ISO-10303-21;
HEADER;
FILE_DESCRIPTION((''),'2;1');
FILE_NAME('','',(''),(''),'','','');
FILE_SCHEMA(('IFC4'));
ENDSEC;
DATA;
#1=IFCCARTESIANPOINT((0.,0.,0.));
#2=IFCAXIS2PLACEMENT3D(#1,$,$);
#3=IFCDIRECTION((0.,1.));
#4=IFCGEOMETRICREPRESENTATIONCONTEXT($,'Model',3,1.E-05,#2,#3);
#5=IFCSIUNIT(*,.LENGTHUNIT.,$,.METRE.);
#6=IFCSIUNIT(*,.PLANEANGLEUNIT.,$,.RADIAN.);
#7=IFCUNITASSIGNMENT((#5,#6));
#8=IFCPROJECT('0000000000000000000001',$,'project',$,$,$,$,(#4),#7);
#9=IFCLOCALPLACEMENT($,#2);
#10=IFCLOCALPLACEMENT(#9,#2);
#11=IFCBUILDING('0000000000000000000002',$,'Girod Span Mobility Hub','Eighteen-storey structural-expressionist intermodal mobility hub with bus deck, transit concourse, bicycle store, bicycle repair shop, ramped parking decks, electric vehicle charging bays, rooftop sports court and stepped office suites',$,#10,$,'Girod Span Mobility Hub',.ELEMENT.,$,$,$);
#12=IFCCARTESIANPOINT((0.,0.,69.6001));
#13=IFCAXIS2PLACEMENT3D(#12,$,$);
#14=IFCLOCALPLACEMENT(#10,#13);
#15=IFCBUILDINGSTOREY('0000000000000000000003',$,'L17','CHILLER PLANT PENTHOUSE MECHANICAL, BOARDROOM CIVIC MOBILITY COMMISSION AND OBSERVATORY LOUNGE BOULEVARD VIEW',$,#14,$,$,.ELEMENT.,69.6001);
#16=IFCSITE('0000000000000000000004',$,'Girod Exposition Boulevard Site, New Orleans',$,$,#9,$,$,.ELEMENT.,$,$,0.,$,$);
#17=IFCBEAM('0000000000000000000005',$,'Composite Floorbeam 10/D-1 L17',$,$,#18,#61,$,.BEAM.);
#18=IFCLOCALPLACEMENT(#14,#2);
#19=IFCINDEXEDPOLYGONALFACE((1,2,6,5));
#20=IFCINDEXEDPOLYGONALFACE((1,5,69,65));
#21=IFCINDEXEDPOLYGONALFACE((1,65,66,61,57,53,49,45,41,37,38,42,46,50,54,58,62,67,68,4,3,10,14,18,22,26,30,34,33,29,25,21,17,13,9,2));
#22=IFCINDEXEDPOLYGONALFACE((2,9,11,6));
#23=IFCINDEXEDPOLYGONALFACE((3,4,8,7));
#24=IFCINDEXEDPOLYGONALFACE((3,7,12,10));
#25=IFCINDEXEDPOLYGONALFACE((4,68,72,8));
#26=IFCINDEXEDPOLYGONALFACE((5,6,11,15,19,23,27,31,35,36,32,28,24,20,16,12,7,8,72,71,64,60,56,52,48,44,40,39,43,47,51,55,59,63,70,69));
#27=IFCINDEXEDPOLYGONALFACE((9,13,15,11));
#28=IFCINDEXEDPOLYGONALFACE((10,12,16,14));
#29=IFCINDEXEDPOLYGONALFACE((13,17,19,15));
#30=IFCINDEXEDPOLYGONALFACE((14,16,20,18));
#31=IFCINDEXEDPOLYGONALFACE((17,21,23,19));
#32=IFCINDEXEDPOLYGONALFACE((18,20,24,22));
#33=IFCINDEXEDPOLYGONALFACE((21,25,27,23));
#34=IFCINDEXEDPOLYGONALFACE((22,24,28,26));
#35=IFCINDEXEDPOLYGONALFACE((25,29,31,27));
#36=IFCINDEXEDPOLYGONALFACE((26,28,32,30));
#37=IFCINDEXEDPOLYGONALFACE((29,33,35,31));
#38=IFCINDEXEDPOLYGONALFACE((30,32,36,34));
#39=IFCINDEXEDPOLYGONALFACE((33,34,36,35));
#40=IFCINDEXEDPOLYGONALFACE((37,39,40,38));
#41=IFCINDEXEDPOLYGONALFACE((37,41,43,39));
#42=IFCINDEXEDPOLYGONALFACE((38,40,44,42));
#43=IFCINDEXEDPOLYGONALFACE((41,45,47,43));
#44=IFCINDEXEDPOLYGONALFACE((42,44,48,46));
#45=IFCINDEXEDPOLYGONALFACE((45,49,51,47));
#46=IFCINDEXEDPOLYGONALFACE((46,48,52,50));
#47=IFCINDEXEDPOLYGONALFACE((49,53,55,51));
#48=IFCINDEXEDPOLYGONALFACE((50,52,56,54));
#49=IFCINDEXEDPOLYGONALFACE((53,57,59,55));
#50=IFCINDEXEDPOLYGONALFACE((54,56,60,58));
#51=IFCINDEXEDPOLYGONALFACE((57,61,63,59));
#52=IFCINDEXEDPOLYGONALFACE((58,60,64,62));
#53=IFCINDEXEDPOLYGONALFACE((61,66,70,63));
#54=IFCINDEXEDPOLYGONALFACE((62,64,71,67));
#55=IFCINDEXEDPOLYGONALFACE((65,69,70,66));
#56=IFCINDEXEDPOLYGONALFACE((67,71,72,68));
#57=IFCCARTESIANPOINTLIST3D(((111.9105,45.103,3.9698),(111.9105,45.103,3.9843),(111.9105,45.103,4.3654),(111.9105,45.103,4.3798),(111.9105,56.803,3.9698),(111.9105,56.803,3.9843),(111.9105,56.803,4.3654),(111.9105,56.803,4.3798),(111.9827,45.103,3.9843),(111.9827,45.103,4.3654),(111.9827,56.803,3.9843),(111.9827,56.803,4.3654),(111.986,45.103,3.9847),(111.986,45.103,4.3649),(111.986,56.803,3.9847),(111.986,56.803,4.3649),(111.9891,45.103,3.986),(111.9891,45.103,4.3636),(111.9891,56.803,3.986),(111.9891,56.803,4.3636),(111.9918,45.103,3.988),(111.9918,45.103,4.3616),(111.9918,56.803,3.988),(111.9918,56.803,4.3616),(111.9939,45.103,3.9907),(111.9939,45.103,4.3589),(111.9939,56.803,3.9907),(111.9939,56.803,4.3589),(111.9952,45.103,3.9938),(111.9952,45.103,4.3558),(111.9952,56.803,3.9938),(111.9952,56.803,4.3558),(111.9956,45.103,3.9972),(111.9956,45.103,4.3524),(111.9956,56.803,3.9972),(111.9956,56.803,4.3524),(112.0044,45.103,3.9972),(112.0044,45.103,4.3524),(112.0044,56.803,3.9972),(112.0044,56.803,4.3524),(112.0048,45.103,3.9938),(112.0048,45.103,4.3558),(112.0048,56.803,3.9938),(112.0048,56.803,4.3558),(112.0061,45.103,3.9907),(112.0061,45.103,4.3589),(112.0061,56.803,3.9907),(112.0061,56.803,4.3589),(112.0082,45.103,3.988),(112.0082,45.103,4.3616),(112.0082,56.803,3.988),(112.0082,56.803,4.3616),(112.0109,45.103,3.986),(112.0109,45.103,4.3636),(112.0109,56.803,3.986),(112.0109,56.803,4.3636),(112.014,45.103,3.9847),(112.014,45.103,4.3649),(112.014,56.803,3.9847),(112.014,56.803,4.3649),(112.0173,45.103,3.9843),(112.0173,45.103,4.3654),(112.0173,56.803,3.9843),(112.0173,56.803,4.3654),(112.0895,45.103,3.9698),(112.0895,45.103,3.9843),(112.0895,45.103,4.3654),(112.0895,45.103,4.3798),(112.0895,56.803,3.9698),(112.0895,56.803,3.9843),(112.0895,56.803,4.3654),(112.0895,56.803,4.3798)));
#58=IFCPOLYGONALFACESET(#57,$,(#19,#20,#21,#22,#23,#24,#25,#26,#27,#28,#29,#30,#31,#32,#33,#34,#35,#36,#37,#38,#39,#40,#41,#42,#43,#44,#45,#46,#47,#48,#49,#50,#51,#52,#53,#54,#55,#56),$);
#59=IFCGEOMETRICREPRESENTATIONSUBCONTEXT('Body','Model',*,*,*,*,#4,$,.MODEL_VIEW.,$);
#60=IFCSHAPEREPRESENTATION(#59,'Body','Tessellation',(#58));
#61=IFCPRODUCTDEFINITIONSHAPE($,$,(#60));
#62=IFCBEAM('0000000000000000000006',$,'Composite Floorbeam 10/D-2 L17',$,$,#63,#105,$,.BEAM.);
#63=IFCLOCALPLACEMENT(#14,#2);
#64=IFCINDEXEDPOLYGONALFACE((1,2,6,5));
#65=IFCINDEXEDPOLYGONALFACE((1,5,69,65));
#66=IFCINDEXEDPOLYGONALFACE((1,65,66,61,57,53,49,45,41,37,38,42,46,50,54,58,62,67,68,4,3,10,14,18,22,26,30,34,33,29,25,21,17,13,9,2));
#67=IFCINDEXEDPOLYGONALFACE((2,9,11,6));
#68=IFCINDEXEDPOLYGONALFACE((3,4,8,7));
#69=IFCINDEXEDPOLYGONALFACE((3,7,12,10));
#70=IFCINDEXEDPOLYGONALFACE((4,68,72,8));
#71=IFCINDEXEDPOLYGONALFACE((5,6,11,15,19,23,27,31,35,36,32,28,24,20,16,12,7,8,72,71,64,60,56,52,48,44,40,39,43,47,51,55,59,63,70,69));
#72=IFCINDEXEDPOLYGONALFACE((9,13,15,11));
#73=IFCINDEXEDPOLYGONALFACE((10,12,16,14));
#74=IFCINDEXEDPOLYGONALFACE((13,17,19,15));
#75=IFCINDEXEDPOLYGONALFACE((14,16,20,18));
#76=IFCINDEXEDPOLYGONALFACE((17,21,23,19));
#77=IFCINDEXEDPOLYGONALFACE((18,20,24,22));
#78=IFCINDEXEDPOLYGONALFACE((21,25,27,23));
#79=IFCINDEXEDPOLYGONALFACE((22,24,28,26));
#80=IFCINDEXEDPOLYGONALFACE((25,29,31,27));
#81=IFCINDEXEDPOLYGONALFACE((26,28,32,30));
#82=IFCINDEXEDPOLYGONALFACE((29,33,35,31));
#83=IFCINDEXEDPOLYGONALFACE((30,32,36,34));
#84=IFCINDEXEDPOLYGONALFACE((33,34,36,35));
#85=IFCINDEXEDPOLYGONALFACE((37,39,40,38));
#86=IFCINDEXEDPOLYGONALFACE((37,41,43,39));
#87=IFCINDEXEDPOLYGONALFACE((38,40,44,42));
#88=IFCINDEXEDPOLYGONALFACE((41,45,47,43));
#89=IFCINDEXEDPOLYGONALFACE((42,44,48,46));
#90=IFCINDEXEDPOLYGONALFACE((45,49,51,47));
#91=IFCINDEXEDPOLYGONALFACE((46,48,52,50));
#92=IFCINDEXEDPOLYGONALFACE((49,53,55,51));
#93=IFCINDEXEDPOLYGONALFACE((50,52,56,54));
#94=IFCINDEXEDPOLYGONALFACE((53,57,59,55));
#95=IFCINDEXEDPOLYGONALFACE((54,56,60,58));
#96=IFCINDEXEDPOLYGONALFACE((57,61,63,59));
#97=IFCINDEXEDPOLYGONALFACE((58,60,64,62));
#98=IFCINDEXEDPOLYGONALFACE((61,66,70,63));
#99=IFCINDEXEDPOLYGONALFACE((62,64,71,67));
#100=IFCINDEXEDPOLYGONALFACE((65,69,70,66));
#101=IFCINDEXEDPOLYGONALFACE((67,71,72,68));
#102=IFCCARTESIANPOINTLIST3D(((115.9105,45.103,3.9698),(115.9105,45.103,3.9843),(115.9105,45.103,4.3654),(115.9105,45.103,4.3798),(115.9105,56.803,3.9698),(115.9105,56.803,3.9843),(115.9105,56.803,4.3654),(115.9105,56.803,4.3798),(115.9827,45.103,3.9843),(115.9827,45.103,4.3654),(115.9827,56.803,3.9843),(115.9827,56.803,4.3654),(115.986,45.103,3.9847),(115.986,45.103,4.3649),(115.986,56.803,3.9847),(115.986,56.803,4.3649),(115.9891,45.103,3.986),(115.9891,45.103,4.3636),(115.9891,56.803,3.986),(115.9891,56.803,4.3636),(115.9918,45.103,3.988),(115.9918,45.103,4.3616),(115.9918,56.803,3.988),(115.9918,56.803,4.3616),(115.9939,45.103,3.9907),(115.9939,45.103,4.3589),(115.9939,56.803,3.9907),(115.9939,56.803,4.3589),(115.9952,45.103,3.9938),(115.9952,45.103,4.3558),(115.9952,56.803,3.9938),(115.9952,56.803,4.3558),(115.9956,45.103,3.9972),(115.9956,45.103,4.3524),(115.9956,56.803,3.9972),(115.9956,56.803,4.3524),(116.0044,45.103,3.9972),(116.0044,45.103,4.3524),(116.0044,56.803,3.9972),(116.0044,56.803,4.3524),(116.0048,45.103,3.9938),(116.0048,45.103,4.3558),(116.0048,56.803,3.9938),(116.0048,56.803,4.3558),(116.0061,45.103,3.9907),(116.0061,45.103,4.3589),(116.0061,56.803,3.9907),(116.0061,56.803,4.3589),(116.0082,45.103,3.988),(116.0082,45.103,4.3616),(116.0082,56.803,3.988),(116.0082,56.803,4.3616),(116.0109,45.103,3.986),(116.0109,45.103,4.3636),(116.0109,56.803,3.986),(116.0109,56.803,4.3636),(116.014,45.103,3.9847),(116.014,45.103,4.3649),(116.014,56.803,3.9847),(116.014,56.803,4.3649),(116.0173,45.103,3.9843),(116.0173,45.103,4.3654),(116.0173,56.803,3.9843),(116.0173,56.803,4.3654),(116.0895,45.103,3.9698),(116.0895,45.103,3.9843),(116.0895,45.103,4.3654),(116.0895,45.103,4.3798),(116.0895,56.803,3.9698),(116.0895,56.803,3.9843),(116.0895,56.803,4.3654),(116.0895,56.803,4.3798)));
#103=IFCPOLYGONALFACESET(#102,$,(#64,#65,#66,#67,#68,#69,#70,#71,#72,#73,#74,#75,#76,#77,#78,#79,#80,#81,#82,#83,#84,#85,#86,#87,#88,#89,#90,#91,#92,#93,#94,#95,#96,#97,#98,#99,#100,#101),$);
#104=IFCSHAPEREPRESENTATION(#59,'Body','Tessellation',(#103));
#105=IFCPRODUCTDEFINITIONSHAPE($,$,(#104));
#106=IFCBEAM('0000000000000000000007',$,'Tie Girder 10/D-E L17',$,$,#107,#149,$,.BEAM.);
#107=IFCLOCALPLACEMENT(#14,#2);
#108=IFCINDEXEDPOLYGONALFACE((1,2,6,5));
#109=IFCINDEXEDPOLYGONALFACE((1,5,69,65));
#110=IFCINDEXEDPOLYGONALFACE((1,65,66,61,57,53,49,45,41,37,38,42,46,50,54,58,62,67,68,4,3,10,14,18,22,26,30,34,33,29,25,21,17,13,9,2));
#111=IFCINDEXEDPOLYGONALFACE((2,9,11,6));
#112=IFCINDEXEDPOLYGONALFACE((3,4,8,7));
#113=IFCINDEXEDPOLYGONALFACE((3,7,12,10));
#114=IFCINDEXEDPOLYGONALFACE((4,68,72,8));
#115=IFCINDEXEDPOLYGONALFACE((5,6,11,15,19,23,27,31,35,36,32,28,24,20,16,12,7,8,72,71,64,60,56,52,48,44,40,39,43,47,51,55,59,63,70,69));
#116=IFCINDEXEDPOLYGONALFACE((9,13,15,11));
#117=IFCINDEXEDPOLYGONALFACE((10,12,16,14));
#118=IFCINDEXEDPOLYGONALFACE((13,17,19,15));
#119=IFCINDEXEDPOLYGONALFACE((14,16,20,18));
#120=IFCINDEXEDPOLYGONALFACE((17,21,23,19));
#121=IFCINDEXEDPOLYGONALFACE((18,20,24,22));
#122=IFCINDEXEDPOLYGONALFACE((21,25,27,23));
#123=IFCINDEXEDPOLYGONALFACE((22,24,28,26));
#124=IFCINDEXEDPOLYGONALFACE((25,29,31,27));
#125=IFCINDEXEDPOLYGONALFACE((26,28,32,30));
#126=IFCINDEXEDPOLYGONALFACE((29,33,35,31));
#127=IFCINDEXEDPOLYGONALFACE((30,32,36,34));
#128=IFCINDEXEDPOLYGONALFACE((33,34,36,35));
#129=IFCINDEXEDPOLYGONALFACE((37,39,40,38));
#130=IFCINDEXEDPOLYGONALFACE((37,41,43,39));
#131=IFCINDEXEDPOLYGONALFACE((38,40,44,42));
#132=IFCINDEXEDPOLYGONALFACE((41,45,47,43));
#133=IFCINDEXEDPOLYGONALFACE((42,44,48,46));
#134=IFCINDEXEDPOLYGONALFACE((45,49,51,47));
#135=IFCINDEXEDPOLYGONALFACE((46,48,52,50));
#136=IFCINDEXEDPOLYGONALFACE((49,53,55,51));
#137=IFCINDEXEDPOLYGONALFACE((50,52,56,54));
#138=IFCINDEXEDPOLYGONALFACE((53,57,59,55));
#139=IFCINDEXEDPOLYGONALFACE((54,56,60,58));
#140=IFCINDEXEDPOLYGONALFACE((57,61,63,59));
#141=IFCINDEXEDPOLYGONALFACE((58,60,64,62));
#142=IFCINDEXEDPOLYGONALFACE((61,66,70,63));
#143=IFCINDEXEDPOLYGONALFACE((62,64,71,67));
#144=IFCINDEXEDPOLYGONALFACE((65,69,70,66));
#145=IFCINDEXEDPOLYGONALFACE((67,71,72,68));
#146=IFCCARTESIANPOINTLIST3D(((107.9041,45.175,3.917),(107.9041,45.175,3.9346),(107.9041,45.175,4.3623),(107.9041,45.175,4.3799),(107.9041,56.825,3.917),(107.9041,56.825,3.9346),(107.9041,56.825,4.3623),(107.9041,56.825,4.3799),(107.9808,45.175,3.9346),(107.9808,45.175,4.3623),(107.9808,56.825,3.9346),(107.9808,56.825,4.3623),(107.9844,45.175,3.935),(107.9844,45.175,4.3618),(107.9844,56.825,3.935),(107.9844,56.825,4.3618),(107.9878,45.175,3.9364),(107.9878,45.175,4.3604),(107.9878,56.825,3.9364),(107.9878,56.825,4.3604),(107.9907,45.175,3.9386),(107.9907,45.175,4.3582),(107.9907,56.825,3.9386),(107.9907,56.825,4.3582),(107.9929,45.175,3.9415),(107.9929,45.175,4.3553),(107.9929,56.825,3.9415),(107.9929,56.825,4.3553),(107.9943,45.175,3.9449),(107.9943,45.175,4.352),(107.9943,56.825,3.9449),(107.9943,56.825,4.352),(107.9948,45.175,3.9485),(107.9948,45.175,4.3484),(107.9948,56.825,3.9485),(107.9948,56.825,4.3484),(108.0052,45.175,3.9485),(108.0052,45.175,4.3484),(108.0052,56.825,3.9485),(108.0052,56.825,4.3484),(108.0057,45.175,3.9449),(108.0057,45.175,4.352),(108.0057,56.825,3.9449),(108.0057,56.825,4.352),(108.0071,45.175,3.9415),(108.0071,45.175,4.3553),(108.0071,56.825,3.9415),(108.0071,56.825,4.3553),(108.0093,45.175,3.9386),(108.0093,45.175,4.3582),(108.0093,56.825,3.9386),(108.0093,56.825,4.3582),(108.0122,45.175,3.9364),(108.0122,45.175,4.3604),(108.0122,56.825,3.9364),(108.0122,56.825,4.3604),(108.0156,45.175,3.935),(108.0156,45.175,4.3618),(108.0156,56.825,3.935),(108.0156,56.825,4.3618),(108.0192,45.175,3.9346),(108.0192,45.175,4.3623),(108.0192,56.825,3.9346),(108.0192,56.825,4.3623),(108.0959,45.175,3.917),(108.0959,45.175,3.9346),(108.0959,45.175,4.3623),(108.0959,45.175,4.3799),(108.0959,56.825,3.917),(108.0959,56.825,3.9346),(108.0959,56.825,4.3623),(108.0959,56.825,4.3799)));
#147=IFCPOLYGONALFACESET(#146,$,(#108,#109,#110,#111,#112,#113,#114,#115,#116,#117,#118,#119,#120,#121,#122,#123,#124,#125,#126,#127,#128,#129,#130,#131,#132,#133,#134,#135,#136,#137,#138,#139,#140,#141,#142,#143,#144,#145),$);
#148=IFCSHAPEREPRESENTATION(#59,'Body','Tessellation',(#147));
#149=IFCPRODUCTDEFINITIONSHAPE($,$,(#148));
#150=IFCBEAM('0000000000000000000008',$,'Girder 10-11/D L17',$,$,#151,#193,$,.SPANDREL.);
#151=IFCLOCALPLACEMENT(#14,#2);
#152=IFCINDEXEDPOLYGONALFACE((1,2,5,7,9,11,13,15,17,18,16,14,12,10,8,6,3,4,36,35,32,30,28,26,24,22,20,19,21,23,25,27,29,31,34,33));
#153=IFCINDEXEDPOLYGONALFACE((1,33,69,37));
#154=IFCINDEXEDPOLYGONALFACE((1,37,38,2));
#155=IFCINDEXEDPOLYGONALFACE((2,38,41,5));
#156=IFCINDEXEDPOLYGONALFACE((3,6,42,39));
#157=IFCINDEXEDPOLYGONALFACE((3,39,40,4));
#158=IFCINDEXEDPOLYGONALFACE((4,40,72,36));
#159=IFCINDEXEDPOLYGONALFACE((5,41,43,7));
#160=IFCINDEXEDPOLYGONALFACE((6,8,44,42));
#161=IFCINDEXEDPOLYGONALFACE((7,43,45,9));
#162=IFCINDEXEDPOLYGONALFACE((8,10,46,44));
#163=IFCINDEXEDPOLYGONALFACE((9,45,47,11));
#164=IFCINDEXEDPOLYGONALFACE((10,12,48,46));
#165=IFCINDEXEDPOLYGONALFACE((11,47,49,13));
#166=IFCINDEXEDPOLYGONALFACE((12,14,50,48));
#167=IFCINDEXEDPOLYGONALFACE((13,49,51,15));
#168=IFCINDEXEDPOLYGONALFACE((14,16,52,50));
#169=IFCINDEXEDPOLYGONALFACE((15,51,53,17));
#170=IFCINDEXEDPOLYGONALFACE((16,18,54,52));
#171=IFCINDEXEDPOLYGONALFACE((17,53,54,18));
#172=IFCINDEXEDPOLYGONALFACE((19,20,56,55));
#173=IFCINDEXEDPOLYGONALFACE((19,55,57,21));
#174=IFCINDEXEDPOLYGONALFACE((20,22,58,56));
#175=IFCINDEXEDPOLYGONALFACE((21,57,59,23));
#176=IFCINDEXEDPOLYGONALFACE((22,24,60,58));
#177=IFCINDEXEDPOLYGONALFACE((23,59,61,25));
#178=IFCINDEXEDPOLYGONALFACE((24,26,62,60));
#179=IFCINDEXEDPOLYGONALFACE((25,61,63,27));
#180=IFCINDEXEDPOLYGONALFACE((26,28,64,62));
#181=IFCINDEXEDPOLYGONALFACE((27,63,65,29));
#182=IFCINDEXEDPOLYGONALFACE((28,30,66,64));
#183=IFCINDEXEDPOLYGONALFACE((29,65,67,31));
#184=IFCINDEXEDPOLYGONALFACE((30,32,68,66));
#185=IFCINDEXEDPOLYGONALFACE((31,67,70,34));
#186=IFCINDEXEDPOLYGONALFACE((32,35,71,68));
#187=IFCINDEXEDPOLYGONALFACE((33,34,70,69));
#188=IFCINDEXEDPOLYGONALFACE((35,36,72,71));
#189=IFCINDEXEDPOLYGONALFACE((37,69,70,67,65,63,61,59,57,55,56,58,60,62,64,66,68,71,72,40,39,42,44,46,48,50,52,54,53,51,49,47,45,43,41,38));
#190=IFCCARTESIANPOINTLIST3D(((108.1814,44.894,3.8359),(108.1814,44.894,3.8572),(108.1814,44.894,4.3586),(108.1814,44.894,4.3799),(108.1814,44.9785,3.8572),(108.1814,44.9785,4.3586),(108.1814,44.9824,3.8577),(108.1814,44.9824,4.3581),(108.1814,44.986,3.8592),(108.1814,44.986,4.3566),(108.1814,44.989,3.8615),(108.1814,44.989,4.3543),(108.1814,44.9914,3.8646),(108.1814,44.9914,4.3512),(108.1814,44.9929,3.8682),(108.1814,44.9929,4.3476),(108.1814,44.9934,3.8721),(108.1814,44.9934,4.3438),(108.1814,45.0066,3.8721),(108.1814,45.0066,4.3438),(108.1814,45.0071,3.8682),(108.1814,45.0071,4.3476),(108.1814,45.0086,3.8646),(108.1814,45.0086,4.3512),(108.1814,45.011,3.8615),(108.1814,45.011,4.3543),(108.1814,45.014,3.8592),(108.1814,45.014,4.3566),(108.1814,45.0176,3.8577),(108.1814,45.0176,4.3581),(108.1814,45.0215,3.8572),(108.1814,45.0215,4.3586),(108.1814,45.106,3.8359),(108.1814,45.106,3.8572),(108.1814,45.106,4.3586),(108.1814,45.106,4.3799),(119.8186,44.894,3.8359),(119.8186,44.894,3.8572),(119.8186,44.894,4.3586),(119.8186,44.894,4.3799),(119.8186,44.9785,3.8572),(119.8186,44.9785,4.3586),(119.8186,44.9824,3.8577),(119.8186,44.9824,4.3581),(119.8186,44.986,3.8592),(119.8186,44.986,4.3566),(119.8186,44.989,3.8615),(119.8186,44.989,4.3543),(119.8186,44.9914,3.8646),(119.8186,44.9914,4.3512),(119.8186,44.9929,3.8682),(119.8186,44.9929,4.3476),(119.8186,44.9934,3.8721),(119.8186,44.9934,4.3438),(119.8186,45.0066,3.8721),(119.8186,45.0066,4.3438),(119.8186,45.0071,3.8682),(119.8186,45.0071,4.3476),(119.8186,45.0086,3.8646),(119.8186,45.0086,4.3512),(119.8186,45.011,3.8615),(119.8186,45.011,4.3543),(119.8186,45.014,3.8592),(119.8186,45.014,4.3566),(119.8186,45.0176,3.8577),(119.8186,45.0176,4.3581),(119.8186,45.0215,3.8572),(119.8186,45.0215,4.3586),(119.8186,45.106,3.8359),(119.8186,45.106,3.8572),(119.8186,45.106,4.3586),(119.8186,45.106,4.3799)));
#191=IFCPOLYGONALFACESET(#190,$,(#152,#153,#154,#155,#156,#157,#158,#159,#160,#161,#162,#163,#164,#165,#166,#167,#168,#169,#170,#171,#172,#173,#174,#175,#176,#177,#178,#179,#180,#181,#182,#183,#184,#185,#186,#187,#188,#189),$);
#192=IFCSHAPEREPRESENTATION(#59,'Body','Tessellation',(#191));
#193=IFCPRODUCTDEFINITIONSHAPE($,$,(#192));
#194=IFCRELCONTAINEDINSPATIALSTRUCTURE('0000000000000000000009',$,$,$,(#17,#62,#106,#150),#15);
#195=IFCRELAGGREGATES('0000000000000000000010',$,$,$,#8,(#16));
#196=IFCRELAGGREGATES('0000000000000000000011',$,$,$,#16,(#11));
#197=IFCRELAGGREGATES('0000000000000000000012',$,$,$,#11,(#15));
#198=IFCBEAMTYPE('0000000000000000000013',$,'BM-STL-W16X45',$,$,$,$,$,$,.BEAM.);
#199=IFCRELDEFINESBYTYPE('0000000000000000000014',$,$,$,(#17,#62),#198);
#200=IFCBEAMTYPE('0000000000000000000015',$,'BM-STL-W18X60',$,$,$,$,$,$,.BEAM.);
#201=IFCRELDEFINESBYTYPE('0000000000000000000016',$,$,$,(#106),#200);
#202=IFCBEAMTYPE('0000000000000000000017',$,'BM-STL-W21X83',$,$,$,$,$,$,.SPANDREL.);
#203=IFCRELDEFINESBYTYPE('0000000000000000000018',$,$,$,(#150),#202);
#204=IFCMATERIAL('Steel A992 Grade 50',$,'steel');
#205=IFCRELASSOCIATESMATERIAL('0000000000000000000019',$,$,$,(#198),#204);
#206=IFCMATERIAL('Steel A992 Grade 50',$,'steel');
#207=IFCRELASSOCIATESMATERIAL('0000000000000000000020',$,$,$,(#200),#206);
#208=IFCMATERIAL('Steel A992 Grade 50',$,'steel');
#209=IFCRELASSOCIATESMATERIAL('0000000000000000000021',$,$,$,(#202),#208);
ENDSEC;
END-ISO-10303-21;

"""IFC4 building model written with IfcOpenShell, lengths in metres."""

from ifc_helpers import new_model, si_unit, direction, frame, origin, origin_2d, place, context, subcontext, project, spatial, i_section, extrude, material, material_profile, profile_set, type_object, element, save


model = new_model("IFC4")

# Units and contexts
model_context = context("Model", 3, precision=1e-05, world=origin(), true_north=direction((0.0, 1.0)))
body_context = subcontext(model_context, "Body", "Model", "MODEL_VIEW")
ifc_project = project(units=[si_unit("LENGTHUNIT", "METRE"), si_unit("PLANEANGLEUNIT", "RADIAN")], contexts=[model_context])

# Site, building, storey
site_placement = place(None, origin())
site = spatial("IfcSite", under=ifc_project, at=site_placement, Name="Girod Exposition Boulevard Site, New Orleans", CompositionType="ELEMENT", RefElevation=0.0)
building_placement = place(site_placement, origin())
building = spatial("IfcBuilding", under=site, at=building_placement, Name="Girod Span Mobility Hub", Description="Eighteen-storey structural-expressionist intermodal mobility hub with bus deck, transit concourse, bicycle store, bicycle repair shop, ramped parking decks, electric vehicle charging bays, rooftop sports court and stepped office suites", LongName="Girod Span Mobility Hub", CompositionType="ELEMENT")
storey_placement = place(building_placement, frame((0.0, 0.0, 69.6001)))
storey = spatial("IfcBuildingStorey", under=building, at=storey_placement, Name="L17", Description="CHILLER PLANT PENTHOUSE MECHANICAL, BOARDROOM CIVIC MOBILITY COMMISSION AND OBSERVATORY LOUNGE BOULEVARD VIEW", CompositionType="ELEMENT", Elevation=69.6001)

# Beams
ifc_material_1 = material(Name="Steel A992 Grade 50", Category="steel")
ifc_material_profile_1 = material_profile(ifc_material_1, i_section(OverallWidth=0.179, OverallDepth=0.4099, WebThickness=0.0088, FlangeThickness=0.0144, FilletRadius=0.0129, at=origin_2d()), Name="W16X45")
ifc_profile_set_1 = profile_set([ifc_material_profile_1], Name="Steel A992 Grade 50")
beam_type_1 = type_object("IfcBeamType", Name="BM-STL-W16X45", PredefinedType="BEAM", material=ifc_profile_set_1)
for number, where, z_axis, x_axis, name in (
    (1, (112.0, 45.103, 4.1748), (0.0, 1.0, 0.0), (-1.0, 0.0, 0.0), "Composite Floorbeam 10/D-1 L17"),
    (2, (116.0, 45.103, 4.1748), (0.0, 1.0, 0.0), (-1.0, 0.0, 0.0), "Composite Floorbeam 10/D-2 L17"),
):
    element("IfcBeam", number, at=place(storey_placement, frame(where, z_axis=z_axis, x_axis=x_axis)), inside=storey, type_object=beam_type_1, Name=name, PredefinedType="BEAM", context=body_context, shape_type="SweptSolid", body=[
        extrude(i_section(OverallWidth=0.179, OverallDepth=0.4099, WebThickness=0.0088, FlangeThickness=0.0144, FilletRadius=0.0129, at=origin_2d()), origin(), (0.0, 0.0, 1.0), 11.7),
    ])
ifc_material_2 = material(Name="Steel A992 Grade 50", Category="steel")
ifc_material_profile_2 = material_profile(ifc_material_2, i_section(OverallWidth=0.1919, OverallDepth=0.4629, WebThickness=0.0105, FlangeThickness=0.0176, FilletRadius=0.0139, at=origin_2d()), Name="W18X60")
ifc_profile_set_2 = profile_set([ifc_material_profile_2], Name="Steel A992 Grade 50")
beam_type_2 = type_object("IfcBeamType", Name="BM-STL-W18X60", PredefinedType="BEAM", material=ifc_profile_set_2)
beam_1_placement = place(storey_placement, frame((108.0, 45.175, 4.1484), z_axis=(0.0, 1.0, 0.0), x_axis=(-1.0, 0.0, 0.0)))
element("IfcBeam", 3, at=beam_1_placement, inside=storey, type_object=beam_type_2, Name="Tie Girder 10/D-E L17", PredefinedType="BEAM", context=body_context, shape_type="SweptSolid", body=[
    extrude(i_section(OverallWidth=0.1919, OverallDepth=0.4629, WebThickness=0.0105, FlangeThickness=0.0176, FilletRadius=0.0139, at=origin_2d()), origin(), (0.0, 0.0, 1.0), 11.6499),
])
ifc_material_3 = material(Name="Steel A992 Grade 50", Category="steel")
ifc_material_profile_3 = material_profile(ifc_material_3, i_section(OverallWidth=0.2119, OverallDepth=0.5439, WebThickness=0.0132, FlangeThickness=0.0212, FilletRadius=0.0149, at=origin_2d()), Name="W21X83")
ifc_profile_set_3 = profile_set([ifc_material_profile_3], Name="Steel A992 Grade 50")
beam_type_3 = type_object("IfcBeamType", Name="BM-STL-W21X83", PredefinedType="SPANDREL", material=ifc_profile_set_3)
beam_2_placement = place(storey_placement, frame((108.1814, 45.0, 4.1079), z_axis=(1.0, 0.0, 0.0), x_axis=(0.0, 1.0, 0.0)))
element("IfcBeam", 4, at=beam_2_placement, inside=storey, type_object=beam_type_3, Name="Girder 10-11/D L17", PredefinedType="SPANDREL", context=body_context, shape_type="SweptSolid", body=[
    extrude(i_section(OverallWidth=0.2119, OverallDepth=0.5439, WebThickness=0.0132, FlangeThickness=0.0212, FilletRadius=0.0149, at=origin_2d()), origin(), (0.0, 0.0, 1.0), 11.6372),
])

save(model, "model.ifc")
